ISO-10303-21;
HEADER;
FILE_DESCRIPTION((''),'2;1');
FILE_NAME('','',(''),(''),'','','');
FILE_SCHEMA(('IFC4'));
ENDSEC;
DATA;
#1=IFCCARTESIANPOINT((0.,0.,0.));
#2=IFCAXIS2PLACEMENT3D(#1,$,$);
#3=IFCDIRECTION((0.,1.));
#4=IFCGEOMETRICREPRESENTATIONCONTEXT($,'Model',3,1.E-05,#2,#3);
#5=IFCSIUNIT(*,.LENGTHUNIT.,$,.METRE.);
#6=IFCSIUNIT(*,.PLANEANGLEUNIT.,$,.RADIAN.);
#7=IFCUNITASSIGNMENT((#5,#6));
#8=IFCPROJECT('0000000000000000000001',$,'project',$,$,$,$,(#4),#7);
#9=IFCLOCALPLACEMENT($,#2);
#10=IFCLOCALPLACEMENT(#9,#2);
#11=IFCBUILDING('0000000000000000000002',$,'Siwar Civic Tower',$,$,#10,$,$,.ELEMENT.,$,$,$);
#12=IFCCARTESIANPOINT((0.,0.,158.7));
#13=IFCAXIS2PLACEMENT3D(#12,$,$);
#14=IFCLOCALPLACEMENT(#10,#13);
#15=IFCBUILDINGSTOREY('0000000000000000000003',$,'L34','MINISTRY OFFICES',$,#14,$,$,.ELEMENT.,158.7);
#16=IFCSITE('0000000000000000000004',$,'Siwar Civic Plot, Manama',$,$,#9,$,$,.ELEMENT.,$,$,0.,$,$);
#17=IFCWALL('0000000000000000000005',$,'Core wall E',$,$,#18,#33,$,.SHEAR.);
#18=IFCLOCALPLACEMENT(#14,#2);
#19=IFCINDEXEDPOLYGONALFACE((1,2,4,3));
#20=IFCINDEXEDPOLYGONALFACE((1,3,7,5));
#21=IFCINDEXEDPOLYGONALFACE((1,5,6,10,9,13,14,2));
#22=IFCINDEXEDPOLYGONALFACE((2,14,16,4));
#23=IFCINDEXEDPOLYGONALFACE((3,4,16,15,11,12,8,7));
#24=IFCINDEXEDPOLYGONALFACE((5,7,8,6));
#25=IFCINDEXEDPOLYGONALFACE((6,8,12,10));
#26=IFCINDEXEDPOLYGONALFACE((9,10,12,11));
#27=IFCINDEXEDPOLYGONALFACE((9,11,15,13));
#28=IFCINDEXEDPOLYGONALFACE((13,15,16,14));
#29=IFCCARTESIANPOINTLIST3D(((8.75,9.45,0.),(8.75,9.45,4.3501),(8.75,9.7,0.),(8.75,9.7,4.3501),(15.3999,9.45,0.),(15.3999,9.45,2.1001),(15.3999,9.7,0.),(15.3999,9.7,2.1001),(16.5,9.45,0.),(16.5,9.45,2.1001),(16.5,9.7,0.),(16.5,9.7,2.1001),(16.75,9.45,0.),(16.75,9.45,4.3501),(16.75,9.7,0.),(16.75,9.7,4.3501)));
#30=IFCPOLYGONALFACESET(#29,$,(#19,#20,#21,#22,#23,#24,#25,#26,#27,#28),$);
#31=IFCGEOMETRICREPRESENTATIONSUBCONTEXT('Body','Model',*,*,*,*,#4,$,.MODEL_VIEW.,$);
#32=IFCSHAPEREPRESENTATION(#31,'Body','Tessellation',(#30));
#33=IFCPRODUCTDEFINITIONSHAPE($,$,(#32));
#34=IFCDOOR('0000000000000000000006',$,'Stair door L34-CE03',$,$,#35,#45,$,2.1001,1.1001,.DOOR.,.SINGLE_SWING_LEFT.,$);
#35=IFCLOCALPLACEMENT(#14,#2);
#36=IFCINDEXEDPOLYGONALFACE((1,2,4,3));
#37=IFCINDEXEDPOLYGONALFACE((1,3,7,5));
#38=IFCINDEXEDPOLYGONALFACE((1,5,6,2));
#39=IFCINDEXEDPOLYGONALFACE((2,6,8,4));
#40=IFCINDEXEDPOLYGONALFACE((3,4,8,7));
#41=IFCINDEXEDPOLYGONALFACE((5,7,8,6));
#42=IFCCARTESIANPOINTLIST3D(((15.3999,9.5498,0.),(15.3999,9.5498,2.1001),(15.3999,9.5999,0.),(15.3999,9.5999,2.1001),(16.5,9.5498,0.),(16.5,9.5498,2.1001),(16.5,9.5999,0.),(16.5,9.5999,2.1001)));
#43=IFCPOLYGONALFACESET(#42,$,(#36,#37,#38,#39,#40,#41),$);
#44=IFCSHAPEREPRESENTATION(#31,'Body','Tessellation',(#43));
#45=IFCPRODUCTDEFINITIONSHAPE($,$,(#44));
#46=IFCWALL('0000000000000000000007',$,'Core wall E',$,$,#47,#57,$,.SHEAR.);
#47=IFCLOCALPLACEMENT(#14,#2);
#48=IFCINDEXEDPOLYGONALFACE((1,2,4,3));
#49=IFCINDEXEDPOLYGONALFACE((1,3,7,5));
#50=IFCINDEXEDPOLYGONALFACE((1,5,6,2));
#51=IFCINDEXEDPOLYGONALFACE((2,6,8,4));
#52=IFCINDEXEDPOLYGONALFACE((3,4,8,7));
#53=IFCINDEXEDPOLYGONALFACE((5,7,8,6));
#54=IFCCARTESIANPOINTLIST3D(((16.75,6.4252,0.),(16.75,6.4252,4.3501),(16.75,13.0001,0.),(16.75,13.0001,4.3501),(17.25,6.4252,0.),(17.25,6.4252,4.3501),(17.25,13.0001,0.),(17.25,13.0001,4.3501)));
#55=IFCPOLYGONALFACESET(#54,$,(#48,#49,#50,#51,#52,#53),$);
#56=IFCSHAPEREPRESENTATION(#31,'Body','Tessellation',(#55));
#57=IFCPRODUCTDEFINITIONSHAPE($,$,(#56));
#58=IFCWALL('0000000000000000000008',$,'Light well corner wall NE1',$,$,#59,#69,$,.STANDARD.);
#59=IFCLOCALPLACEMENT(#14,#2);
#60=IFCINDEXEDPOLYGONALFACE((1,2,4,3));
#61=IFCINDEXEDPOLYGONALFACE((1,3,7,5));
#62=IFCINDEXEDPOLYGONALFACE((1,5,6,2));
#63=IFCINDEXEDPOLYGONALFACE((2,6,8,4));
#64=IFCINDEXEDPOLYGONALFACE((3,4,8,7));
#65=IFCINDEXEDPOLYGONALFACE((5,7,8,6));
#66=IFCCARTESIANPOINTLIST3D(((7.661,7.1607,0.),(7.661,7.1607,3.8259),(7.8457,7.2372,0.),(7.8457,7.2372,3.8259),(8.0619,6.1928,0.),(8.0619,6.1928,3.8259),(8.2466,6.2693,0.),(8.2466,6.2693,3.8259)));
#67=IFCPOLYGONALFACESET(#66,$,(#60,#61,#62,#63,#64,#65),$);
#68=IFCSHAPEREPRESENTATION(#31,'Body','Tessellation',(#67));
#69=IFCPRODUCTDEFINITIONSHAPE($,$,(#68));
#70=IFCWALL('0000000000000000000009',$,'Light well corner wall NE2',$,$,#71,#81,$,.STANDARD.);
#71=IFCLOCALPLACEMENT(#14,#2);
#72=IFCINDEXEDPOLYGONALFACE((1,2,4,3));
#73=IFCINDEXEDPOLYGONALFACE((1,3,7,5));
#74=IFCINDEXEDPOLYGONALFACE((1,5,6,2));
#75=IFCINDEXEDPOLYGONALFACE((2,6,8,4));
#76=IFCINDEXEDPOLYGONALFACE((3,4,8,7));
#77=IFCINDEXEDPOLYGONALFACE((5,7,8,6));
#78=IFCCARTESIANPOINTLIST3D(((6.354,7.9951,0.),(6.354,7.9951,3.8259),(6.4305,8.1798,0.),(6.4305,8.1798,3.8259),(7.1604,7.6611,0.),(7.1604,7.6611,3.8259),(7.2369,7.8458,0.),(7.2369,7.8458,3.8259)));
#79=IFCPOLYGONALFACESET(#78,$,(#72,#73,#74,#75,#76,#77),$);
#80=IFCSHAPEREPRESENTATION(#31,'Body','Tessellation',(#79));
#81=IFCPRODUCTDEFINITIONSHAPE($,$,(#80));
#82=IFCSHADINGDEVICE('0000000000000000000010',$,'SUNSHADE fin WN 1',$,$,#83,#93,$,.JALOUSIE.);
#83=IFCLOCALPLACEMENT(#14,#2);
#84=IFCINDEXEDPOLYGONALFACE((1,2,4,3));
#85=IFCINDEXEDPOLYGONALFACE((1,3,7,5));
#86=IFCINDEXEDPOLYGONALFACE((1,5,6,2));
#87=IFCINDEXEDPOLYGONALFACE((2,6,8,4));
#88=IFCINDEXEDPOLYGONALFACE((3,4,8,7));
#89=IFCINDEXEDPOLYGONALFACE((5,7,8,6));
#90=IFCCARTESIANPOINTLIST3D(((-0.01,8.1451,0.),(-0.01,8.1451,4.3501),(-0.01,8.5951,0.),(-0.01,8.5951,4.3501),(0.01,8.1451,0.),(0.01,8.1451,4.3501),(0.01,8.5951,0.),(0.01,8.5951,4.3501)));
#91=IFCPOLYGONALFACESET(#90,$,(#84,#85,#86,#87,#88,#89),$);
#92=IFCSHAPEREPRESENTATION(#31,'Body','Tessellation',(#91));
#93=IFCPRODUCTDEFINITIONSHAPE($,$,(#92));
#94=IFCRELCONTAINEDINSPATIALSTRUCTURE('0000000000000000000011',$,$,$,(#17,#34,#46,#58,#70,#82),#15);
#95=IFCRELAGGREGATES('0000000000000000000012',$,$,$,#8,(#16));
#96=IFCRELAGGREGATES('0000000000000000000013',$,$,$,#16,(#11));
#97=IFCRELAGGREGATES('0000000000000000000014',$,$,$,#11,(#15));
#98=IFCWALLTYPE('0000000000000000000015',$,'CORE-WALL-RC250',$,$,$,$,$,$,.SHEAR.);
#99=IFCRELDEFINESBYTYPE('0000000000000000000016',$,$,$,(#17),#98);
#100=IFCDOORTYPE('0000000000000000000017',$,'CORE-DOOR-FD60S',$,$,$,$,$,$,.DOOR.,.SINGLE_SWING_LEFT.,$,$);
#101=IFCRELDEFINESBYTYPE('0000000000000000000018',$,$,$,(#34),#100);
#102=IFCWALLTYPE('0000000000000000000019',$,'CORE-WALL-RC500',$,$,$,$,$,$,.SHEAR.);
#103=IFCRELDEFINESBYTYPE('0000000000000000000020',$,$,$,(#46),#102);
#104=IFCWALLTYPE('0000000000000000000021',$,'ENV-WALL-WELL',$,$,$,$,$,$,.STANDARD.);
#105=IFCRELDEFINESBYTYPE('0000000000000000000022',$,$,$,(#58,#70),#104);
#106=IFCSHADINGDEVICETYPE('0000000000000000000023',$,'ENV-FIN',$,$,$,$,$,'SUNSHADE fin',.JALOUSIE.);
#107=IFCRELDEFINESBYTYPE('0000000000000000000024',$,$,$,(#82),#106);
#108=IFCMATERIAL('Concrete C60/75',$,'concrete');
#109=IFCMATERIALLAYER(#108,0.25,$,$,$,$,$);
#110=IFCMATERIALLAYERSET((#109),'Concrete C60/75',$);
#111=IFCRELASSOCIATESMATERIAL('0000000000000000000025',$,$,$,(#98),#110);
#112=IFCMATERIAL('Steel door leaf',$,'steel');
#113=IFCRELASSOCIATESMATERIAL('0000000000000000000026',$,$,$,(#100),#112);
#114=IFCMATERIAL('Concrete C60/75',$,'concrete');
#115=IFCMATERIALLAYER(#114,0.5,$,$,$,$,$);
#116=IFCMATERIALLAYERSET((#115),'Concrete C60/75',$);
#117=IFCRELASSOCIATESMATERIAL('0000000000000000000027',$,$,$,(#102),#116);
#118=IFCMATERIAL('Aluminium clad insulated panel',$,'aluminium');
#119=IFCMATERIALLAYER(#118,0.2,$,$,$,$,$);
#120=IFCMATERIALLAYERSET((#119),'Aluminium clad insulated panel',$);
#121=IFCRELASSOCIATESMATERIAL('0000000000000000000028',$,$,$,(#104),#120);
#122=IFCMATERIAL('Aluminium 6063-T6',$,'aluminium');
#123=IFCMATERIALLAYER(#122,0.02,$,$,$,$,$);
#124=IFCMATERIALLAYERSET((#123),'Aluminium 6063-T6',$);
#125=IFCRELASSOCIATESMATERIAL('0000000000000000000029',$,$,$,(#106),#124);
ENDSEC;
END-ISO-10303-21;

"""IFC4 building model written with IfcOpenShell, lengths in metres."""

from ifc_helpers import new_model, si_unit, direction, frame, frame_2d, origin, origin_2d, place, context, subcontext, project, spatial, rectangle, extrude, material, layer, layer_set, type_object, element, fill, save


model = new_model("IFC4")

# Units and contexts
model_context = context("Model", 3, precision=1e-05, world=origin(), true_north=direction((0.0, 1.0)))
body_context = subcontext(model_context, "Body", "Model", "MODEL_VIEW")
ifc_project = project(units=[si_unit("LENGTHUNIT", "METRE"), si_unit("PLANEANGLEUNIT", "RADIAN")], contexts=[model_context])

# Site, building, storey
site_placement = place(None, origin())
site = spatial("IfcSite", under=ifc_project, at=site_placement, Name="Siwar Civic Plot, Manama", CompositionType="ELEMENT", RefElevation=0.0)
building_placement = place(site_placement, origin())
building = spatial("IfcBuilding", under=site, at=building_placement, Name="Siwar Civic Tower", CompositionType="ELEMENT")
storey_placement = place(building_placement, frame((0.0, 0.0, 158.7)))
storey = spatial("IfcBuildingStorey", under=building, at=storey_placement, Name="L34", Description="MINISTRY OFFICES", CompositionType="ELEMENT", Elevation=158.7)

# Shared definitions
ifc_material_1 = material(Name="Concrete C60/75", Category="concrete")
ifc_layer_1 = layer(ifc_material_1, 0.25)
ifc_layer_set_1 = layer_set([ifc_layer_1], Name="Concrete C60/75")
wall_type_1 = type_object("IfcWallType", Name="CORE-WALL-RC250", PredefinedType="SHEAR", material=ifc_layer_set_1)

# Wall, opening, door
wall_1_placement = place(storey_placement, frame((8.75, 9.575, 0.0), z_axis=(0.0, 0.0, 1.0), x_axis=(1.0, 0.0, 0.0)))
wall_1 = element("IfcWall", 1, at=wall_1_placement, inside=storey, type_object=wall_type_1, Name="Core wall E", PredefinedType="SHEAR", context=body_context, shape_type="SweptSolid", body=[
    extrude(rectangle(XDim=8.0, YDim=0.25, at=frame_2d((4.0, 0.0))), origin(), (0.0, 0.0, 1.0), 4.3501),
])
opening_1_placement = place(wall_1_placement, frame((6.6499, 0.0, 0.0)))
opening_1 = element("IfcOpeningElement", 2, at=opening_1_placement, cuts=wall_1, PredefinedType="OPENING", context=body_context, shape_type="SweptSolid", body=[
    extrude(rectangle(XDim=1.1001, YDim=2.1001, at=frame_2d((0.55, 1.05))), frame((0.0, 0.135, 0.0), z_axis=(0.0, -1.0, 0.0), x_axis=(1.0, 0.0, 0.0)), (0.0, 0.0, 1.0), 0.27),
])
ifc_material_2 = material(Name="Steel door leaf", Category="steel")
door_type_1 = type_object("IfcDoorType", Name="CORE-DOOR-FD60S", OperationType="SINGLE_SWING_LEFT", PredefinedType="DOOR", material=ifc_material_2)
door_1_placement = place(opening_1_placement, origin())
door_1 = element("IfcDoor", 3, at=door_1_placement, inside=storey, type_object=door_type_1, Name="Stair door L34-CE03", OperationType="SINGLE_SWING_LEFT", OverallHeight=2.1001, OverallWidth=1.1001, PredefinedType="DOOR", context=body_context, shape_type="SweptSolid", body=[
    extrude(rectangle(XDim=1.1001, YDim=2.1001, at=frame_2d((0.55, 1.05))), frame((0.0, 0.0249, 0.0), z_axis=(0.0, -1.0, 0.0), x_axis=(1.0, 0.0, 0.0)), (0.0, 0.0, 1.0), 0.05),
])
fill(opening_1, door_1)

# Walls
ifc_material_3 = material(Name="Concrete C60/75", Category="concrete")
ifc_layer_2 = layer(ifc_material_3, 0.5)
ifc_layer_set_2 = layer_set([ifc_layer_2], Name="Concrete C60/75")
wall_type_2 = type_object("IfcWallType", Name="CORE-WALL-RC500", PredefinedType="SHEAR", material=ifc_layer_set_2)
wall_2_placement = place(storey_placement, frame((17.0, 6.425, 0.0), z_axis=(0.0, 0.0, 1.0), x_axis=(0.0, 1.0, 0.0)))
element("IfcWall", 4, at=wall_2_placement, inside=storey, type_object=wall_type_2, Name="Core wall E", PredefinedType="SHEAR", context=body_context, shape_type="SweptSolid", body=[
    extrude(rectangle(XDim=6.575, YDim=0.5, at=frame_2d((3.2876, 0.0))), origin(), (0.0, 0.0, 1.0), 4.3501),
])
ifc_material_4 = material(Name="Aluminium clad insulated panel", Category="aluminium")
ifc_layer_3 = layer(ifc_material_4, 0.2)
ifc_layer_set_3 = layer_set([ifc_layer_3], Name="Aluminium clad insulated panel")
wall_type_3 = type_object("IfcWallType", Name="ENV-WALL-WELL", PredefinedType="STANDARD", material=ifc_layer_set_3)
wall_3_placement = place(storey_placement, frame((8.1543, 6.231, 0.0), z_axis=(0.0, 0.0, 1.0), x_axis=(-0.382695, 0.923875, 0.0)))
element("IfcWall", 5, at=wall_3_placement, inside=storey, type_object=wall_type_3, Name="Light well corner wall NE1", PredefinedType="STANDARD", context=body_context, shape_type="SweptSolid", body=[
    extrude(rectangle(XDim=1.0476, YDim=0.2, at=frame_2d((0.5239, 0.0))), origin(), (0.0, 0.0, 1.0), 3.8259),
])
wall_4_placement = place(storey_placement, frame((7.1987, 7.7534, 0.0), z_axis=(0.0, 0.0, 1.0), x_axis=(-0.923894, 0.382648, 0.0)))
element("IfcWall", 6, at=wall_4_placement, inside=storey, type_object=wall_type_3, Name="Light well corner wall NE2", PredefinedType="STANDARD", context=body_context, shape_type="SweptSolid", body=[
    extrude(rectangle(XDim=0.8728, YDim=0.2, at=frame_2d((0.4365, 0.0))), origin(), (0.0, 0.0, 1.0), 3.8259),
])

# Shading device
ifc_material_5 = material(Name="Aluminium 6063-T6", Category="aluminium")
ifc_layer_4 = layer(ifc_material_5, 0.02)
ifc_layer_set_4 = layer_set([ifc_layer_4], Name="Aluminium 6063-T6")
shading_device_type = type_object("IfcShadingDeviceType", Name="ENV-FIN", ElementType="SUNSHADE fin", PredefinedType="JALOUSIE", material=ifc_layer_set_4)
shading_device_placement = place(storey_placement, frame((0.0, 8.3701, 0.0), z_axis=(0.0, 0.0, 1.0), x_axis=(-1.0, 0.0, 0.0)))
element("IfcShadingDevice", 7, at=shading_device_placement, inside=storey, type_object=shading_device_type, Name="SUNSHADE fin WN 1", PredefinedType="JALOUSIE", context=body_context, shape_type="SweptSolid", body=[
    extrude(rectangle(XDim=0.02, YDim=0.45, at=origin_2d()), origin(), (0.0, 0.0, 1.0), 4.3501),
])

save(model, "model.ifc")
